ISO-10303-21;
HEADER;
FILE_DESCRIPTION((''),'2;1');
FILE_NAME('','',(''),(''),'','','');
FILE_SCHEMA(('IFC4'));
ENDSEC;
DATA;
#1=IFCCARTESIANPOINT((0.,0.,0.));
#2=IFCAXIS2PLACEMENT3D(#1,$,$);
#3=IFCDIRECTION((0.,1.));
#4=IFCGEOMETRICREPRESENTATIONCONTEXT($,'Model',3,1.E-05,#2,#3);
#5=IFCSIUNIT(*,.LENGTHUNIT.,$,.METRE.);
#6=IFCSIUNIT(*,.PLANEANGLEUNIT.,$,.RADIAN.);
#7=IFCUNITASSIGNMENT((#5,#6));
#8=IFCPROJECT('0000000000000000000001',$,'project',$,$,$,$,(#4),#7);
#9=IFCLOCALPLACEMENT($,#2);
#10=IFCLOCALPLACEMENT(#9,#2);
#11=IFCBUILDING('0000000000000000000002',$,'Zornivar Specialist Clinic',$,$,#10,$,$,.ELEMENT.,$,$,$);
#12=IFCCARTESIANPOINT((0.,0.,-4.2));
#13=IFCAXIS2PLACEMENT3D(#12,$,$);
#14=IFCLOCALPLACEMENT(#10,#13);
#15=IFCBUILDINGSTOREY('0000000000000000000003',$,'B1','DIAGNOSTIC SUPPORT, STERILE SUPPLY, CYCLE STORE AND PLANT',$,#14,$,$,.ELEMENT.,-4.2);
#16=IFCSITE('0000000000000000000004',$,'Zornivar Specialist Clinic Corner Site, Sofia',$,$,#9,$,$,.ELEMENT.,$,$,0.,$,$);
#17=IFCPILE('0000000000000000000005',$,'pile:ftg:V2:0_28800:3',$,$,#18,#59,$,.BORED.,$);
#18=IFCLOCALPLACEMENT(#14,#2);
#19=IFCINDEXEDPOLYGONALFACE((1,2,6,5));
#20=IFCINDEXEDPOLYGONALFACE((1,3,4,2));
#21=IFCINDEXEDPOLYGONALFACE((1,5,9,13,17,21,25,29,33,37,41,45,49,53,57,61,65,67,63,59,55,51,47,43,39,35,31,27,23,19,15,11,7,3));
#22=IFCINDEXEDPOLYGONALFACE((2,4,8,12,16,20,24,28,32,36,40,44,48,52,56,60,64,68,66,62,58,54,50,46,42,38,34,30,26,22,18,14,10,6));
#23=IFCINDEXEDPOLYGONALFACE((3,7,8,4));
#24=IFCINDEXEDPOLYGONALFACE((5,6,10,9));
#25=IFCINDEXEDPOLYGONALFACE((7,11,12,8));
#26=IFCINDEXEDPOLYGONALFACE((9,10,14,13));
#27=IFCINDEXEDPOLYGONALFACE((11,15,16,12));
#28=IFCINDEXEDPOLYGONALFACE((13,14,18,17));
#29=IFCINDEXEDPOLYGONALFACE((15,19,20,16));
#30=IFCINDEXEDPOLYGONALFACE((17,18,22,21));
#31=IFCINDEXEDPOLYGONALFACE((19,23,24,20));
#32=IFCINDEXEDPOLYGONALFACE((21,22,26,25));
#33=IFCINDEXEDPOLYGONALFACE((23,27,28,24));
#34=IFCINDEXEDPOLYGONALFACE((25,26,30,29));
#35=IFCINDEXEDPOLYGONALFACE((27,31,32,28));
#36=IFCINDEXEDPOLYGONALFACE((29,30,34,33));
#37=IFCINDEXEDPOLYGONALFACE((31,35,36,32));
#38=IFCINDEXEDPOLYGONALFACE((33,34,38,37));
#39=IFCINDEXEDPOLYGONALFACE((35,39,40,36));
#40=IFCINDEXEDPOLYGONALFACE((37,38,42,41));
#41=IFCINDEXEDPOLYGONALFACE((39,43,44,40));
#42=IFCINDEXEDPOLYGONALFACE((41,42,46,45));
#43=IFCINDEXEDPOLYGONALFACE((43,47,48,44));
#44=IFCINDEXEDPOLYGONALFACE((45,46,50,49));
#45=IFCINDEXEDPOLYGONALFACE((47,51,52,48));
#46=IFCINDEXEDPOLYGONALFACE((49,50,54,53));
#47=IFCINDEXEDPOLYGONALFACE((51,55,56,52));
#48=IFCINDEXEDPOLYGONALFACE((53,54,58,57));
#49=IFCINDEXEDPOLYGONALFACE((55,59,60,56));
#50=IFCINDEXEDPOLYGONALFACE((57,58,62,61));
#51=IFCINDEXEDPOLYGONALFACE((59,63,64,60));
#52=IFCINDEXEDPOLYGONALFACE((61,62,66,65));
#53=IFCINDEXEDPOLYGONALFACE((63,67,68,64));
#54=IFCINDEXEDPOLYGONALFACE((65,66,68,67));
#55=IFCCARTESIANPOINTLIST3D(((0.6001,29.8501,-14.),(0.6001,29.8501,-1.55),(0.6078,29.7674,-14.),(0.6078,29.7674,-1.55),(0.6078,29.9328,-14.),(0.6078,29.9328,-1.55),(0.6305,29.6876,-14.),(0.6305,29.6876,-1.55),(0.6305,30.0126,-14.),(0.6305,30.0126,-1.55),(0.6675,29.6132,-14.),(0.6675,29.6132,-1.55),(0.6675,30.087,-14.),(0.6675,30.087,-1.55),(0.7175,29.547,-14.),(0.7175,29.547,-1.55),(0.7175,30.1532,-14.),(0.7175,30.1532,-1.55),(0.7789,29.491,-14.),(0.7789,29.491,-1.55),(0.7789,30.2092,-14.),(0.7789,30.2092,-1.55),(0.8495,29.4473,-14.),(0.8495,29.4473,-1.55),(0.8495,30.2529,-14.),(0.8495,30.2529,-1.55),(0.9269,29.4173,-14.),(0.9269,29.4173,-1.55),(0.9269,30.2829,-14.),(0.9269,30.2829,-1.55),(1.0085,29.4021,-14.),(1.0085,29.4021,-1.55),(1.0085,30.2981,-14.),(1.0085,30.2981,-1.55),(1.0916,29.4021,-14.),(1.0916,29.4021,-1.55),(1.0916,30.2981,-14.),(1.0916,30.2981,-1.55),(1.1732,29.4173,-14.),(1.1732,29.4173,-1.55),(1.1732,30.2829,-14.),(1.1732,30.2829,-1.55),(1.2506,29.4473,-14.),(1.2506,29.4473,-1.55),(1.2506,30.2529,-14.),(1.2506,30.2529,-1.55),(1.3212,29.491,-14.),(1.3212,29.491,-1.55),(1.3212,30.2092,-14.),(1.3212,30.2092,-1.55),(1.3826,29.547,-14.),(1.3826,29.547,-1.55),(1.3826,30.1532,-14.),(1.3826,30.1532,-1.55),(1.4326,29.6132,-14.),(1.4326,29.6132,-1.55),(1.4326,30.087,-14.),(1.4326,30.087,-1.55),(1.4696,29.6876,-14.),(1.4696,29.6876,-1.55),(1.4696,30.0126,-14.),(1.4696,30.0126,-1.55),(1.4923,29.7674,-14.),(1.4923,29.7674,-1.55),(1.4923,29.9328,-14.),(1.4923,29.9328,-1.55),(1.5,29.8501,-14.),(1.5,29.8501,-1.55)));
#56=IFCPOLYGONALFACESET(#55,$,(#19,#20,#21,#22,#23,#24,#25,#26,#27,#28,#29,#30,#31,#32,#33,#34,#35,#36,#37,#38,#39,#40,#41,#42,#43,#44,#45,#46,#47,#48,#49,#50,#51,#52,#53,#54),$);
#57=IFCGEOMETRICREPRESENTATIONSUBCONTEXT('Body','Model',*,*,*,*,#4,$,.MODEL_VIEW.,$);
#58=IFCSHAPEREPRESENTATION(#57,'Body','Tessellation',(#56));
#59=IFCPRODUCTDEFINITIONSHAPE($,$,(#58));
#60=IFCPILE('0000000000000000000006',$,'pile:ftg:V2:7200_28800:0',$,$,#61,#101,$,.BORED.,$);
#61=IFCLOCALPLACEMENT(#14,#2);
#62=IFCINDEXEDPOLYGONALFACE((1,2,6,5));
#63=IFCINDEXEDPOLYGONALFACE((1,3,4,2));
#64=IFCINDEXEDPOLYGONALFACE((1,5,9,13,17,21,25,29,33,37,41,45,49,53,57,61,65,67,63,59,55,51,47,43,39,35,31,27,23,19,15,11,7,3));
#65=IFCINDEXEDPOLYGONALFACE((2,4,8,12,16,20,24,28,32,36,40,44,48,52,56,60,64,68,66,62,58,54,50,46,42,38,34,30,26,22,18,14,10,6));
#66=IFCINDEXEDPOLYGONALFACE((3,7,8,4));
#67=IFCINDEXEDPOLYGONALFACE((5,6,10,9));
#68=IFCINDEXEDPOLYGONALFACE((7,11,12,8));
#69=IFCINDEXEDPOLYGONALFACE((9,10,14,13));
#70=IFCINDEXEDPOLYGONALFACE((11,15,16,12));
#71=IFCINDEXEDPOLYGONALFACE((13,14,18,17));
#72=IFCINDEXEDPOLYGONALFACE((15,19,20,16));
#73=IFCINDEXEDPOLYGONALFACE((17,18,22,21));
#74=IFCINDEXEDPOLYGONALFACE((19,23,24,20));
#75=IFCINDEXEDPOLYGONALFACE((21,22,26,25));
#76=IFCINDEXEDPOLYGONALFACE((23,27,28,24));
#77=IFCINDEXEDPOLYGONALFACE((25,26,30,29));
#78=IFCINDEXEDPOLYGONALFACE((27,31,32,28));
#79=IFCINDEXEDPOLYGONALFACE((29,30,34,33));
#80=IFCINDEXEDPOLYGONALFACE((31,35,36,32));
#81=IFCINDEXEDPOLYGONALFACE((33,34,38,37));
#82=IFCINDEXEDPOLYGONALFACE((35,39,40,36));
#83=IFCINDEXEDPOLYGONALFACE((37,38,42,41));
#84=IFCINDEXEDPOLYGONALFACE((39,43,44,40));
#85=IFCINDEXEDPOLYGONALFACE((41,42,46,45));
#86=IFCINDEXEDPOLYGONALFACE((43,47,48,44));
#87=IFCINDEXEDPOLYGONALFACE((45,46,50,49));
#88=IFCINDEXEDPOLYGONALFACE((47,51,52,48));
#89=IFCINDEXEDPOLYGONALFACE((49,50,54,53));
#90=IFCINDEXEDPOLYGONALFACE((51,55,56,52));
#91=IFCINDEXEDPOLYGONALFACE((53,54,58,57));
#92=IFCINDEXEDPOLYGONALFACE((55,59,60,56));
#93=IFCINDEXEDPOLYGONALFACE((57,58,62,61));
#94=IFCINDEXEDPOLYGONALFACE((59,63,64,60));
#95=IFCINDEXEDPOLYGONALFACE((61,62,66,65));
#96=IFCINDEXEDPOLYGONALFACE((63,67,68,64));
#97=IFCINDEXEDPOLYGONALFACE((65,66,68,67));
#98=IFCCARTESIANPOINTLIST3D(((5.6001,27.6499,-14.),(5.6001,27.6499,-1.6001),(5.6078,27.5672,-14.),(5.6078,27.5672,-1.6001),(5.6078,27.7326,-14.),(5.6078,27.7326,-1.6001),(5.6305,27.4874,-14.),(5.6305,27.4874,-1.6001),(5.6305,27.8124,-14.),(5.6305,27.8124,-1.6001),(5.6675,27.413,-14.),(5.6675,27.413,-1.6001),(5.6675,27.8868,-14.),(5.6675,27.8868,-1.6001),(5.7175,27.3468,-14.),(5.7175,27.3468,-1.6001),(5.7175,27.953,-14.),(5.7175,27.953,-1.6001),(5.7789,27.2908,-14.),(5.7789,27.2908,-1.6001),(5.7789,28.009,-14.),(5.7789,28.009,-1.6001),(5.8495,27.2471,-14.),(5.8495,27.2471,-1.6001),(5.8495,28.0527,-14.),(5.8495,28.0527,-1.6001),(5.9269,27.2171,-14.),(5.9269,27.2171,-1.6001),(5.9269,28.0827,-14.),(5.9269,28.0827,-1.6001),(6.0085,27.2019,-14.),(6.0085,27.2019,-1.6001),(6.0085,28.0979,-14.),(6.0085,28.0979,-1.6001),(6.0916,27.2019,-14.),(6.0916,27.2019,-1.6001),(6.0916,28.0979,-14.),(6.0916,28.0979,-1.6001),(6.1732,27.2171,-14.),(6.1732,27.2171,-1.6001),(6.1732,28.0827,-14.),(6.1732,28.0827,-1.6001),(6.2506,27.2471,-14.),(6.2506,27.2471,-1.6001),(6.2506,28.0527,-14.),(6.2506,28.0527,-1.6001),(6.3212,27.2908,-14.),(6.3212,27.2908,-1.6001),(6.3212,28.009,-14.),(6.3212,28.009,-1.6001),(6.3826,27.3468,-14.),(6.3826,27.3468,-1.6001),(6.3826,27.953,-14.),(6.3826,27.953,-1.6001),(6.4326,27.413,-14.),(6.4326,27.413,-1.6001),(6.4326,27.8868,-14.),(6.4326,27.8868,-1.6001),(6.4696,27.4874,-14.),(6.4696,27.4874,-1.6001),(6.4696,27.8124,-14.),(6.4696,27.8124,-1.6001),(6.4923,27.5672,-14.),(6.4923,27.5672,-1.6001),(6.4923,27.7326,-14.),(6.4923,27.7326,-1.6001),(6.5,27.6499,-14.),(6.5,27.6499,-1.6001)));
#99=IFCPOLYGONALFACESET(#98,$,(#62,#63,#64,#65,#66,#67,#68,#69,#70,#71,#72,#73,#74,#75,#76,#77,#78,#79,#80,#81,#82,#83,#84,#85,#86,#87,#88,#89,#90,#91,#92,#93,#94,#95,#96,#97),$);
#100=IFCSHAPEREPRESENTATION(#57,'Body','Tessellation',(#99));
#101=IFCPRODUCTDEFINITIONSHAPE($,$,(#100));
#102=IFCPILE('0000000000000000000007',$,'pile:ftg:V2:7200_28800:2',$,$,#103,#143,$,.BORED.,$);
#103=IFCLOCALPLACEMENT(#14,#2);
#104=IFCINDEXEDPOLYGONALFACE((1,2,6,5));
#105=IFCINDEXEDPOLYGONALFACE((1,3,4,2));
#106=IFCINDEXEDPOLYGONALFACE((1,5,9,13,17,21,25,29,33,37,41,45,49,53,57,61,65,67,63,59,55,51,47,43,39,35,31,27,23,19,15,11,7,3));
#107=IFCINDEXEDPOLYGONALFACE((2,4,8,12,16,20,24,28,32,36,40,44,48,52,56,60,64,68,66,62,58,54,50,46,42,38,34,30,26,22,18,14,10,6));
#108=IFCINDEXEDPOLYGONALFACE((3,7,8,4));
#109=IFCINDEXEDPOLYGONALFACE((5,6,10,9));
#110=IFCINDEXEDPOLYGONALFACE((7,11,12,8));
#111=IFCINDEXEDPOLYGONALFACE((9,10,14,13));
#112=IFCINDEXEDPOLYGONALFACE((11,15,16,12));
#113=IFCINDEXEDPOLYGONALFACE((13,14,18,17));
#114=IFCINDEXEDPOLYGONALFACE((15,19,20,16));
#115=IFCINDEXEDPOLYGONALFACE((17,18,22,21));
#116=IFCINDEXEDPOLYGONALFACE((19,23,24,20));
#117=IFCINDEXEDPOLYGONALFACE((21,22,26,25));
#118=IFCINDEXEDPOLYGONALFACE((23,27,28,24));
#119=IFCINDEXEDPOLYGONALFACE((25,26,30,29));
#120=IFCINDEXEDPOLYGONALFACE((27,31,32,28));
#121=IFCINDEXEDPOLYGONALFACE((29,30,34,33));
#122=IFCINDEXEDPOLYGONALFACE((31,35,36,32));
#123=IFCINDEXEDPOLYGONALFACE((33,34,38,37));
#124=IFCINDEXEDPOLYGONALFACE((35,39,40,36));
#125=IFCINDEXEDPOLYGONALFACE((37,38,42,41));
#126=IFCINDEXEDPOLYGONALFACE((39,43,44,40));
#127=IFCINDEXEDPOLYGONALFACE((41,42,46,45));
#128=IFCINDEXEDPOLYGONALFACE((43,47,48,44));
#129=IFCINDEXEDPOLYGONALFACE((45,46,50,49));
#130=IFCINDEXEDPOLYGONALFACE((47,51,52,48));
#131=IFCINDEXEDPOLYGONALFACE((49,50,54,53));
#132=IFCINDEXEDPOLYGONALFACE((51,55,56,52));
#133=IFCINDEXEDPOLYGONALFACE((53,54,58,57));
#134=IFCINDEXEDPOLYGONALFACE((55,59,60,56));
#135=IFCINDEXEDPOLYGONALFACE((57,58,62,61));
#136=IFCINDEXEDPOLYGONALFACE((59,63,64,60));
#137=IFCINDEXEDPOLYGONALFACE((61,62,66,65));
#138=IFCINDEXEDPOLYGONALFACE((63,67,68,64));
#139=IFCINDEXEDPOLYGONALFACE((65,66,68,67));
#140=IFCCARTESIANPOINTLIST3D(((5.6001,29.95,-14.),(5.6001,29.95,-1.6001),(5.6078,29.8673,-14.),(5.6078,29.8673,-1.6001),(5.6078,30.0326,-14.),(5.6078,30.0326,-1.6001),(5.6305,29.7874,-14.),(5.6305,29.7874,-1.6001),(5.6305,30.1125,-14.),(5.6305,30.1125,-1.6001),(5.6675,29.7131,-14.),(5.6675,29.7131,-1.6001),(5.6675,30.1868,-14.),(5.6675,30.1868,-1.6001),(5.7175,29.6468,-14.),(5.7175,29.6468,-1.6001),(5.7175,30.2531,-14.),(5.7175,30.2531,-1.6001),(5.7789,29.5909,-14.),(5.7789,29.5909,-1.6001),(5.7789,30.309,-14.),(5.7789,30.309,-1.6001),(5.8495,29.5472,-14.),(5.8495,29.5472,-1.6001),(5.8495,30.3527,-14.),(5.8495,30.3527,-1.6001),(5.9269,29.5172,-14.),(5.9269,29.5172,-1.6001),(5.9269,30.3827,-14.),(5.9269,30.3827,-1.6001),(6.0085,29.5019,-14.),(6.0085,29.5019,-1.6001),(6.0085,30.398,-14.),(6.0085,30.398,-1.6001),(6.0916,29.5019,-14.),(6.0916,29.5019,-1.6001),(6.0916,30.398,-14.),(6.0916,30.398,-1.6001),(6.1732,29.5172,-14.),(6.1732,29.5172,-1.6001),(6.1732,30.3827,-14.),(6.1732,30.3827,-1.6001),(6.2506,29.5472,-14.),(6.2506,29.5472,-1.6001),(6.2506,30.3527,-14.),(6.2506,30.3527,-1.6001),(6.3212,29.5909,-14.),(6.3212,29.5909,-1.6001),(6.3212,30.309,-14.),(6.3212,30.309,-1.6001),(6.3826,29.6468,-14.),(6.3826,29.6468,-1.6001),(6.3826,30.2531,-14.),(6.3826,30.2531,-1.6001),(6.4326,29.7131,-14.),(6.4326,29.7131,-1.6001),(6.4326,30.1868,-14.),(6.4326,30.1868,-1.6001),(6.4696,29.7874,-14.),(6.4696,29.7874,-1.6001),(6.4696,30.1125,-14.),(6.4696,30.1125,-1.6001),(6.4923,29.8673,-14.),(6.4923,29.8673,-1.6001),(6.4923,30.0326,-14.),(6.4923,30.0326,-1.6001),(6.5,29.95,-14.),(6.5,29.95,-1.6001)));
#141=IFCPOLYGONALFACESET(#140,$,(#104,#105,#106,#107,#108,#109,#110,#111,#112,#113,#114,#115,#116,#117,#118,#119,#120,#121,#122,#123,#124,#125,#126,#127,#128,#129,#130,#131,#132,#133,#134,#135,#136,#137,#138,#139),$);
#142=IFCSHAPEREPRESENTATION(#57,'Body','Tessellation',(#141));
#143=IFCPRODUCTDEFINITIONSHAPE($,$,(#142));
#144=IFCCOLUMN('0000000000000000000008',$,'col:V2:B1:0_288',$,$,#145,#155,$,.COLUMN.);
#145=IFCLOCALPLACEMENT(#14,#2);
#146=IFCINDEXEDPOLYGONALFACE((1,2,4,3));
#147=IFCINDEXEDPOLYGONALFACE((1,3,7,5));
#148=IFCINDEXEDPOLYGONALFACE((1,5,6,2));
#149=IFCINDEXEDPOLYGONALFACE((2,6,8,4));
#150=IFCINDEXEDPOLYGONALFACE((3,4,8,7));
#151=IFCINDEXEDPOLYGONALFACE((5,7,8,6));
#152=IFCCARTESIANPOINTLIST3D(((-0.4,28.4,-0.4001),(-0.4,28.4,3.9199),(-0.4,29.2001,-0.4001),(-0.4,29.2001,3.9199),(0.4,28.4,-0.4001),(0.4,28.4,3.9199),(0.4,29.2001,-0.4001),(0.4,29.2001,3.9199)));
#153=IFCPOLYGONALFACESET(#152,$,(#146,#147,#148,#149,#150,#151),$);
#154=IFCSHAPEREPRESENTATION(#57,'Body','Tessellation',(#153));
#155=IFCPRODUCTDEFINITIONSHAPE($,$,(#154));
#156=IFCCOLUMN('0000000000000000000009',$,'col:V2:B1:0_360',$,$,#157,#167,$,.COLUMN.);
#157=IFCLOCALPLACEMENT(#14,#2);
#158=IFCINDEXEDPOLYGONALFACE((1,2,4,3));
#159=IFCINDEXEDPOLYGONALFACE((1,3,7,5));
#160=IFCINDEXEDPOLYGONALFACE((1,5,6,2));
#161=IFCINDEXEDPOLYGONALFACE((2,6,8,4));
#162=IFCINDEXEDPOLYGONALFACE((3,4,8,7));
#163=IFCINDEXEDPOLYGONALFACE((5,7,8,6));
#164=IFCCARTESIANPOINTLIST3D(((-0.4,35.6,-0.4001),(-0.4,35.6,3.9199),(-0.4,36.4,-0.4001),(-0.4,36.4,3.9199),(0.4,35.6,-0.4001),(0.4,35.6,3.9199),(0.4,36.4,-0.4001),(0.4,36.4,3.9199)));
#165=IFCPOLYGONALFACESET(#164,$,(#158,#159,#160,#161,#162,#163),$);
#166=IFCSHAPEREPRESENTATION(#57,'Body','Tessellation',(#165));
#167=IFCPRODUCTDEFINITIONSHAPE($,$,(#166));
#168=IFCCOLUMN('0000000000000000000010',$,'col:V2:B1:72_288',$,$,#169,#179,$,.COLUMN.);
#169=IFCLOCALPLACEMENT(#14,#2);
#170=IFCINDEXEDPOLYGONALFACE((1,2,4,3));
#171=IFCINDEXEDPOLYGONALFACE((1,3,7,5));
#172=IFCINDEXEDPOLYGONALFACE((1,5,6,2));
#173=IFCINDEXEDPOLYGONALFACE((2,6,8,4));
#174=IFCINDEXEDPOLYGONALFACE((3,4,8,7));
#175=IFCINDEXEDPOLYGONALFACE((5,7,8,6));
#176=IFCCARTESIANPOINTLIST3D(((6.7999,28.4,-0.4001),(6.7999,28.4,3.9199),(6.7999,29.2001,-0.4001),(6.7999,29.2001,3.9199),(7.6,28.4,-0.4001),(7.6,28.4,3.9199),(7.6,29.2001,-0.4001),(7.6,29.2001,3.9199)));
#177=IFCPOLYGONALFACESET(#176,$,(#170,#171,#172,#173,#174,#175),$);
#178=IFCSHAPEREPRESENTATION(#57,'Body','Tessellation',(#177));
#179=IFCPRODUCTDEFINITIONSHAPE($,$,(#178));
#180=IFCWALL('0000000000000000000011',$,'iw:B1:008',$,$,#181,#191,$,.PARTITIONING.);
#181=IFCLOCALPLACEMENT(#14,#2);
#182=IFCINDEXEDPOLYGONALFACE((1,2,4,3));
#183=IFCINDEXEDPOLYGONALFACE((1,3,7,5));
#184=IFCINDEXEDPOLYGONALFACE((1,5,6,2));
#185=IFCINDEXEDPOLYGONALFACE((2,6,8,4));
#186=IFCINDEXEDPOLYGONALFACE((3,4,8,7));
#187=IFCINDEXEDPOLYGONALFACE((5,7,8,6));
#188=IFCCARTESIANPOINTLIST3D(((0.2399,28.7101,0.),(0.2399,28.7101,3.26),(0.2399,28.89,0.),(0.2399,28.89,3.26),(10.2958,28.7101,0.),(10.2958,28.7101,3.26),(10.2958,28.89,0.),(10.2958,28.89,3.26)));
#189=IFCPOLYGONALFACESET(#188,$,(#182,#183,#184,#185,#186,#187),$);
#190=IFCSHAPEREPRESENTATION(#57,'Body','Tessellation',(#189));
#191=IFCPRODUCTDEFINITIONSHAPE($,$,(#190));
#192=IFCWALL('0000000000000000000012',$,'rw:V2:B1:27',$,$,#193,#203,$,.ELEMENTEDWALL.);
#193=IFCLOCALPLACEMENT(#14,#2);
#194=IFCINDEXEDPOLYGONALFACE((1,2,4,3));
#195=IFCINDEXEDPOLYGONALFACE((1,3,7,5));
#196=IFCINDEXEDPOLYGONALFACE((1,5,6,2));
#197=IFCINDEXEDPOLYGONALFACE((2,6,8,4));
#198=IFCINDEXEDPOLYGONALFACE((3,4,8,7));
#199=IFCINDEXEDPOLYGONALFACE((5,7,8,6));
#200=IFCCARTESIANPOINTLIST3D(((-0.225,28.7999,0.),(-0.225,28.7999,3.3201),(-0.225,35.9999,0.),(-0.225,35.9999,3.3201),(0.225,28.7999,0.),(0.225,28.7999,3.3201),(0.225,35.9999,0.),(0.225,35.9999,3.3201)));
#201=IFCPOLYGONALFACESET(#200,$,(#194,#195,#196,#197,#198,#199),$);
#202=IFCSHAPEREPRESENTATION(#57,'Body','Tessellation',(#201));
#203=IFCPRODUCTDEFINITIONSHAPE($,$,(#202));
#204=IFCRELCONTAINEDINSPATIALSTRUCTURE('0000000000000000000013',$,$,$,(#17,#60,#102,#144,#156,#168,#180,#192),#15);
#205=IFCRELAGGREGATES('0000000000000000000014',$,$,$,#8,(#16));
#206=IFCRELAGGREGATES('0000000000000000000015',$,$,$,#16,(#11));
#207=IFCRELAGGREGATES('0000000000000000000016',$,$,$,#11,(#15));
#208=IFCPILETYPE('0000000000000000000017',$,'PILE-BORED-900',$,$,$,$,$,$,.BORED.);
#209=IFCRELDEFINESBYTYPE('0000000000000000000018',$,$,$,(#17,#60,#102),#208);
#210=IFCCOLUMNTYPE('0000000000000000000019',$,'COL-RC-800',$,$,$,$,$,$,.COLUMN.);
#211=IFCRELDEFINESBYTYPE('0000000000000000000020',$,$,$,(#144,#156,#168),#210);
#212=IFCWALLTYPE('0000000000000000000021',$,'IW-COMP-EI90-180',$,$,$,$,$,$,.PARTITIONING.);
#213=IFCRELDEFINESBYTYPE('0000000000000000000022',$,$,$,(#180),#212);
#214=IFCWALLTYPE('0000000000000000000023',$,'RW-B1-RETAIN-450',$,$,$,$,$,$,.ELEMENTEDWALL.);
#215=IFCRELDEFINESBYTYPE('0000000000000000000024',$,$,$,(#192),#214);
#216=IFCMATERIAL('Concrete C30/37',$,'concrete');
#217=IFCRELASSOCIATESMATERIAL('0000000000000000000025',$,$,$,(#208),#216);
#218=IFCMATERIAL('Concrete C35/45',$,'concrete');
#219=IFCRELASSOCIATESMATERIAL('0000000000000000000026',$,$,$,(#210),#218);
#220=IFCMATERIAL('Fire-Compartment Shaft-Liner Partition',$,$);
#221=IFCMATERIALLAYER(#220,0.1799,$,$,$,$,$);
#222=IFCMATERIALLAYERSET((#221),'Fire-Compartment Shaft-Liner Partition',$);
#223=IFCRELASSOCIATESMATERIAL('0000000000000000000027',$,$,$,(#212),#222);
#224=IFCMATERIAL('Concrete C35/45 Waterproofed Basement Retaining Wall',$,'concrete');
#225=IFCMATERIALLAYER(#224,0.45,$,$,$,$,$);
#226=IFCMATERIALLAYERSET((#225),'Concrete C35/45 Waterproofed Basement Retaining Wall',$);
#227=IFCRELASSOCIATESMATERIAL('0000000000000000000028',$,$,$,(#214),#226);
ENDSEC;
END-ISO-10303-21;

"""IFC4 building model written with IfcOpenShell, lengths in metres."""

from ifc_helpers import new_model, si_unit, direction, frame, frame_2d, origin, origin_2d, place, context, subcontext, project, spatial, rectangle, circle, extrude, material, layer, layer_set, material_profile, profile_set, type_object, element, save


model = new_model("IFC4")

# Units and contexts
model_context = context("Model", 3, precision=1e-05, world=origin(), true_north=direction((0.0, 1.0)))
body_context = subcontext(model_context, "Body", "Model", "MODEL_VIEW")
ifc_project = project(units=[si_unit("LENGTHUNIT", "METRE"), si_unit("PLANEANGLEUNIT", "RADIAN")], contexts=[model_context])

# Site, building, storey
site_placement = place(None, origin())
site = spatial("IfcSite", under=ifc_project, at=site_placement, Name="Zornivar Specialist Clinic Corner Site, Sofia", CompositionType="ELEMENT", RefElevation=0.0)
building_placement = place(site_placement, origin())
building = spatial("IfcBuilding", under=site, at=building_placement, Name="Zornivar Specialist Clinic", CompositionType="ELEMENT")
storey_placement = place(building_placement, frame((0.0, 0.0, -4.2)))
storey = spatial("IfcBuildingStorey", under=building, at=storey_placement, Name="B1", Description="DIAGNOSTIC SUPPORT, STERILE SUPPLY, CYCLE STORE AND PLANT", CompositionType="ELEMENT", Elevation=-4.2)

# Piles
ifc_material_1 = material(Name="Concrete C30/37", Category="concrete")
ifc_material_profile_1 = material_profile(ifc_material_1, circle(Radius=0.45, at=origin_2d()), Name="PILE D900")
ifc_profile_set_1 = profile_set([ifc_material_profile_1], Name="Concrete C30/37")
pile_type_1 = type_object("IfcPileType", Name="PILE-BORED-900", PredefinedType="BORED", material=ifc_profile_set_1)
for number, where, z_axis, x_axis, name in (
    (1, (1.05, 29.8501, -1.55), (0.0, 0.0, -1.0), (1.0, 0.0, 0.0), "pile:ftg:V2:0_28800:3"),
):
    element("IfcPile", number, at=place(storey_placement, frame(where, z_axis=z_axis, x_axis=x_axis)), inside=storey, type_object=pile_type_1, Name=name, PredefinedType="BORED", context=body_context, shape_type="SweptSolid", body=[
        extrude(circle(Radius=0.45, at=origin_2d()), origin(), (0.0, 0.0, 1.0), 12.45),
    ])
for number, where, z_axis, x_axis, name in (
    (2, (6.05, 27.6499, -1.6001), (0.0, 0.0, -1.0), (1.0, 0.0, 0.0), "pile:ftg:V2:7200_28800:0"),
    (3, (6.05, 29.95, -1.6001), (0.0, 0.0, -1.0), (1.0, 0.0, 0.0), "pile:ftg:V2:7200_28800:2"),
):
    element("IfcPile", number, at=place(storey_placement, frame(where, z_axis=z_axis, x_axis=x_axis)), inside=storey, type_object=pile_type_1, Name=name, PredefinedType="BORED", context=body_context, shape_type="SweptSolid", body=[
        extrude(circle(Radius=0.45, at=origin_2d()), origin(), (0.0, 0.0, 1.0), 12.3999),
    ])

# Columns
ifc_material_2 = material(Name="Concrete C35/45", Category="concrete")
ifc_material_profile_2 = material_profile(ifc_material_2, rectangle(XDim=0.8, YDim=0.8, at=origin_2d()), Name="RC 800x800")
ifc_profile_set_2 = profile_set([ifc_material_profile_2], Name="Concrete C35/45")
column_type = type_object("IfcColumnType", Name="COL-RC-800", PredefinedType="COLUMN", material=ifc_profile_set_2)
for number, where, z_axis, x_axis, name in (
    (4, (0.0, 28.8, -0.4001), (0.0, 0.0, 1.0), (1.0, 0.0, 0.0), "col:V2:B1:0_288"),
    (5, (0.0, 36.0, -0.4001), (0.0, 0.0, 1.0), (1.0, 0.0, 0.0), "col:V2:B1:0_360"),
    (6, (7.2, 28.8, -0.4001), (0.0, 0.0, 1.0), (1.0, 0.0, 0.0), "col:V2:B1:72_288"),
):
    element("IfcColumn", number, at=place(storey_placement, frame(where, z_axis=z_axis, x_axis=x_axis)), inside=storey, type_object=column_type, Name=name, PredefinedType="COLUMN", context=body_context, shape_type="SweptSolid", body=[
        extrude(rectangle(XDim=0.8, YDim=0.8, at=origin_2d()), origin(), (0.0, 0.0, 1.0), 4.3201),
    ])

# Walls
ifc_material_3 = material(Name="Fire-Compartment Shaft-Liner Partition")
ifc_layer_1 = layer(ifc_material_3, 0.1799)
ifc_layer_set_1 = layer_set([ifc_layer_1], Name="Fire-Compartment Shaft-Liner Partition")
wall_type_1 = type_object("IfcWallType", Name="IW-COMP-EI90-180", PredefinedType="PARTITIONING", material=ifc_layer_set_1)
wall_placement = place(storey_placement, frame((0.24, 28.8, 0.0), z_axis=(0.0, 0.0, 1.0), x_axis=(1.0, 0.0, 0.0)))
element("IfcWall", 7, at=wall_placement, inside=storey, type_object=wall_type_1, Name="iw:B1:008", PredefinedType="PARTITIONING", context=body_context, shape_type="SweptSolid", body=[
    extrude(rectangle(XDim=10.0559, YDim=0.1799, at=frame_2d((5.0278, 0.0))), origin(), (0.0, 0.0, 1.0), 3.26),
])
ifc_material_4 = material(Name="Concrete C35/45 Waterproofed Basement Retaining Wall", Category="concrete")
ifc_layer_2 = layer(ifc_material_4, 0.45)
ifc_layer_set_2 = layer_set([ifc_layer_2], Name="Concrete C35/45 Waterproofed Basement Retaining Wall")
wall_type_2 = type_object("IfcWallType", Name="RW-B1-RETAIN-450", PredefinedType="ELEMENTEDWALL", material=ifc_layer_set_2)
for number, where, z_axis, x_axis, name in (
    (8, (0.0, 36.0, 0.0), (0.0, 0.0, 1.0), (0.0, -1.0, 0.0), "rw:V2:B1:27"),
):
    element("IfcWall", number, at=place(storey_placement, frame(where, z_axis=z_axis, x_axis=x_axis)), inside=storey, type_object=wall_type_2, Name=name, PredefinedType="ELEMENTEDWALL", context=body_context, shape_type="SweptSolid", body=[
        extrude(rectangle(XDim=7.2, YDim=0.45, at=frame_2d((3.6001, 0.0))), origin(), (0.0, 0.0, 1.0), 3.3201),
    ])

save(model, "model.ifc")
